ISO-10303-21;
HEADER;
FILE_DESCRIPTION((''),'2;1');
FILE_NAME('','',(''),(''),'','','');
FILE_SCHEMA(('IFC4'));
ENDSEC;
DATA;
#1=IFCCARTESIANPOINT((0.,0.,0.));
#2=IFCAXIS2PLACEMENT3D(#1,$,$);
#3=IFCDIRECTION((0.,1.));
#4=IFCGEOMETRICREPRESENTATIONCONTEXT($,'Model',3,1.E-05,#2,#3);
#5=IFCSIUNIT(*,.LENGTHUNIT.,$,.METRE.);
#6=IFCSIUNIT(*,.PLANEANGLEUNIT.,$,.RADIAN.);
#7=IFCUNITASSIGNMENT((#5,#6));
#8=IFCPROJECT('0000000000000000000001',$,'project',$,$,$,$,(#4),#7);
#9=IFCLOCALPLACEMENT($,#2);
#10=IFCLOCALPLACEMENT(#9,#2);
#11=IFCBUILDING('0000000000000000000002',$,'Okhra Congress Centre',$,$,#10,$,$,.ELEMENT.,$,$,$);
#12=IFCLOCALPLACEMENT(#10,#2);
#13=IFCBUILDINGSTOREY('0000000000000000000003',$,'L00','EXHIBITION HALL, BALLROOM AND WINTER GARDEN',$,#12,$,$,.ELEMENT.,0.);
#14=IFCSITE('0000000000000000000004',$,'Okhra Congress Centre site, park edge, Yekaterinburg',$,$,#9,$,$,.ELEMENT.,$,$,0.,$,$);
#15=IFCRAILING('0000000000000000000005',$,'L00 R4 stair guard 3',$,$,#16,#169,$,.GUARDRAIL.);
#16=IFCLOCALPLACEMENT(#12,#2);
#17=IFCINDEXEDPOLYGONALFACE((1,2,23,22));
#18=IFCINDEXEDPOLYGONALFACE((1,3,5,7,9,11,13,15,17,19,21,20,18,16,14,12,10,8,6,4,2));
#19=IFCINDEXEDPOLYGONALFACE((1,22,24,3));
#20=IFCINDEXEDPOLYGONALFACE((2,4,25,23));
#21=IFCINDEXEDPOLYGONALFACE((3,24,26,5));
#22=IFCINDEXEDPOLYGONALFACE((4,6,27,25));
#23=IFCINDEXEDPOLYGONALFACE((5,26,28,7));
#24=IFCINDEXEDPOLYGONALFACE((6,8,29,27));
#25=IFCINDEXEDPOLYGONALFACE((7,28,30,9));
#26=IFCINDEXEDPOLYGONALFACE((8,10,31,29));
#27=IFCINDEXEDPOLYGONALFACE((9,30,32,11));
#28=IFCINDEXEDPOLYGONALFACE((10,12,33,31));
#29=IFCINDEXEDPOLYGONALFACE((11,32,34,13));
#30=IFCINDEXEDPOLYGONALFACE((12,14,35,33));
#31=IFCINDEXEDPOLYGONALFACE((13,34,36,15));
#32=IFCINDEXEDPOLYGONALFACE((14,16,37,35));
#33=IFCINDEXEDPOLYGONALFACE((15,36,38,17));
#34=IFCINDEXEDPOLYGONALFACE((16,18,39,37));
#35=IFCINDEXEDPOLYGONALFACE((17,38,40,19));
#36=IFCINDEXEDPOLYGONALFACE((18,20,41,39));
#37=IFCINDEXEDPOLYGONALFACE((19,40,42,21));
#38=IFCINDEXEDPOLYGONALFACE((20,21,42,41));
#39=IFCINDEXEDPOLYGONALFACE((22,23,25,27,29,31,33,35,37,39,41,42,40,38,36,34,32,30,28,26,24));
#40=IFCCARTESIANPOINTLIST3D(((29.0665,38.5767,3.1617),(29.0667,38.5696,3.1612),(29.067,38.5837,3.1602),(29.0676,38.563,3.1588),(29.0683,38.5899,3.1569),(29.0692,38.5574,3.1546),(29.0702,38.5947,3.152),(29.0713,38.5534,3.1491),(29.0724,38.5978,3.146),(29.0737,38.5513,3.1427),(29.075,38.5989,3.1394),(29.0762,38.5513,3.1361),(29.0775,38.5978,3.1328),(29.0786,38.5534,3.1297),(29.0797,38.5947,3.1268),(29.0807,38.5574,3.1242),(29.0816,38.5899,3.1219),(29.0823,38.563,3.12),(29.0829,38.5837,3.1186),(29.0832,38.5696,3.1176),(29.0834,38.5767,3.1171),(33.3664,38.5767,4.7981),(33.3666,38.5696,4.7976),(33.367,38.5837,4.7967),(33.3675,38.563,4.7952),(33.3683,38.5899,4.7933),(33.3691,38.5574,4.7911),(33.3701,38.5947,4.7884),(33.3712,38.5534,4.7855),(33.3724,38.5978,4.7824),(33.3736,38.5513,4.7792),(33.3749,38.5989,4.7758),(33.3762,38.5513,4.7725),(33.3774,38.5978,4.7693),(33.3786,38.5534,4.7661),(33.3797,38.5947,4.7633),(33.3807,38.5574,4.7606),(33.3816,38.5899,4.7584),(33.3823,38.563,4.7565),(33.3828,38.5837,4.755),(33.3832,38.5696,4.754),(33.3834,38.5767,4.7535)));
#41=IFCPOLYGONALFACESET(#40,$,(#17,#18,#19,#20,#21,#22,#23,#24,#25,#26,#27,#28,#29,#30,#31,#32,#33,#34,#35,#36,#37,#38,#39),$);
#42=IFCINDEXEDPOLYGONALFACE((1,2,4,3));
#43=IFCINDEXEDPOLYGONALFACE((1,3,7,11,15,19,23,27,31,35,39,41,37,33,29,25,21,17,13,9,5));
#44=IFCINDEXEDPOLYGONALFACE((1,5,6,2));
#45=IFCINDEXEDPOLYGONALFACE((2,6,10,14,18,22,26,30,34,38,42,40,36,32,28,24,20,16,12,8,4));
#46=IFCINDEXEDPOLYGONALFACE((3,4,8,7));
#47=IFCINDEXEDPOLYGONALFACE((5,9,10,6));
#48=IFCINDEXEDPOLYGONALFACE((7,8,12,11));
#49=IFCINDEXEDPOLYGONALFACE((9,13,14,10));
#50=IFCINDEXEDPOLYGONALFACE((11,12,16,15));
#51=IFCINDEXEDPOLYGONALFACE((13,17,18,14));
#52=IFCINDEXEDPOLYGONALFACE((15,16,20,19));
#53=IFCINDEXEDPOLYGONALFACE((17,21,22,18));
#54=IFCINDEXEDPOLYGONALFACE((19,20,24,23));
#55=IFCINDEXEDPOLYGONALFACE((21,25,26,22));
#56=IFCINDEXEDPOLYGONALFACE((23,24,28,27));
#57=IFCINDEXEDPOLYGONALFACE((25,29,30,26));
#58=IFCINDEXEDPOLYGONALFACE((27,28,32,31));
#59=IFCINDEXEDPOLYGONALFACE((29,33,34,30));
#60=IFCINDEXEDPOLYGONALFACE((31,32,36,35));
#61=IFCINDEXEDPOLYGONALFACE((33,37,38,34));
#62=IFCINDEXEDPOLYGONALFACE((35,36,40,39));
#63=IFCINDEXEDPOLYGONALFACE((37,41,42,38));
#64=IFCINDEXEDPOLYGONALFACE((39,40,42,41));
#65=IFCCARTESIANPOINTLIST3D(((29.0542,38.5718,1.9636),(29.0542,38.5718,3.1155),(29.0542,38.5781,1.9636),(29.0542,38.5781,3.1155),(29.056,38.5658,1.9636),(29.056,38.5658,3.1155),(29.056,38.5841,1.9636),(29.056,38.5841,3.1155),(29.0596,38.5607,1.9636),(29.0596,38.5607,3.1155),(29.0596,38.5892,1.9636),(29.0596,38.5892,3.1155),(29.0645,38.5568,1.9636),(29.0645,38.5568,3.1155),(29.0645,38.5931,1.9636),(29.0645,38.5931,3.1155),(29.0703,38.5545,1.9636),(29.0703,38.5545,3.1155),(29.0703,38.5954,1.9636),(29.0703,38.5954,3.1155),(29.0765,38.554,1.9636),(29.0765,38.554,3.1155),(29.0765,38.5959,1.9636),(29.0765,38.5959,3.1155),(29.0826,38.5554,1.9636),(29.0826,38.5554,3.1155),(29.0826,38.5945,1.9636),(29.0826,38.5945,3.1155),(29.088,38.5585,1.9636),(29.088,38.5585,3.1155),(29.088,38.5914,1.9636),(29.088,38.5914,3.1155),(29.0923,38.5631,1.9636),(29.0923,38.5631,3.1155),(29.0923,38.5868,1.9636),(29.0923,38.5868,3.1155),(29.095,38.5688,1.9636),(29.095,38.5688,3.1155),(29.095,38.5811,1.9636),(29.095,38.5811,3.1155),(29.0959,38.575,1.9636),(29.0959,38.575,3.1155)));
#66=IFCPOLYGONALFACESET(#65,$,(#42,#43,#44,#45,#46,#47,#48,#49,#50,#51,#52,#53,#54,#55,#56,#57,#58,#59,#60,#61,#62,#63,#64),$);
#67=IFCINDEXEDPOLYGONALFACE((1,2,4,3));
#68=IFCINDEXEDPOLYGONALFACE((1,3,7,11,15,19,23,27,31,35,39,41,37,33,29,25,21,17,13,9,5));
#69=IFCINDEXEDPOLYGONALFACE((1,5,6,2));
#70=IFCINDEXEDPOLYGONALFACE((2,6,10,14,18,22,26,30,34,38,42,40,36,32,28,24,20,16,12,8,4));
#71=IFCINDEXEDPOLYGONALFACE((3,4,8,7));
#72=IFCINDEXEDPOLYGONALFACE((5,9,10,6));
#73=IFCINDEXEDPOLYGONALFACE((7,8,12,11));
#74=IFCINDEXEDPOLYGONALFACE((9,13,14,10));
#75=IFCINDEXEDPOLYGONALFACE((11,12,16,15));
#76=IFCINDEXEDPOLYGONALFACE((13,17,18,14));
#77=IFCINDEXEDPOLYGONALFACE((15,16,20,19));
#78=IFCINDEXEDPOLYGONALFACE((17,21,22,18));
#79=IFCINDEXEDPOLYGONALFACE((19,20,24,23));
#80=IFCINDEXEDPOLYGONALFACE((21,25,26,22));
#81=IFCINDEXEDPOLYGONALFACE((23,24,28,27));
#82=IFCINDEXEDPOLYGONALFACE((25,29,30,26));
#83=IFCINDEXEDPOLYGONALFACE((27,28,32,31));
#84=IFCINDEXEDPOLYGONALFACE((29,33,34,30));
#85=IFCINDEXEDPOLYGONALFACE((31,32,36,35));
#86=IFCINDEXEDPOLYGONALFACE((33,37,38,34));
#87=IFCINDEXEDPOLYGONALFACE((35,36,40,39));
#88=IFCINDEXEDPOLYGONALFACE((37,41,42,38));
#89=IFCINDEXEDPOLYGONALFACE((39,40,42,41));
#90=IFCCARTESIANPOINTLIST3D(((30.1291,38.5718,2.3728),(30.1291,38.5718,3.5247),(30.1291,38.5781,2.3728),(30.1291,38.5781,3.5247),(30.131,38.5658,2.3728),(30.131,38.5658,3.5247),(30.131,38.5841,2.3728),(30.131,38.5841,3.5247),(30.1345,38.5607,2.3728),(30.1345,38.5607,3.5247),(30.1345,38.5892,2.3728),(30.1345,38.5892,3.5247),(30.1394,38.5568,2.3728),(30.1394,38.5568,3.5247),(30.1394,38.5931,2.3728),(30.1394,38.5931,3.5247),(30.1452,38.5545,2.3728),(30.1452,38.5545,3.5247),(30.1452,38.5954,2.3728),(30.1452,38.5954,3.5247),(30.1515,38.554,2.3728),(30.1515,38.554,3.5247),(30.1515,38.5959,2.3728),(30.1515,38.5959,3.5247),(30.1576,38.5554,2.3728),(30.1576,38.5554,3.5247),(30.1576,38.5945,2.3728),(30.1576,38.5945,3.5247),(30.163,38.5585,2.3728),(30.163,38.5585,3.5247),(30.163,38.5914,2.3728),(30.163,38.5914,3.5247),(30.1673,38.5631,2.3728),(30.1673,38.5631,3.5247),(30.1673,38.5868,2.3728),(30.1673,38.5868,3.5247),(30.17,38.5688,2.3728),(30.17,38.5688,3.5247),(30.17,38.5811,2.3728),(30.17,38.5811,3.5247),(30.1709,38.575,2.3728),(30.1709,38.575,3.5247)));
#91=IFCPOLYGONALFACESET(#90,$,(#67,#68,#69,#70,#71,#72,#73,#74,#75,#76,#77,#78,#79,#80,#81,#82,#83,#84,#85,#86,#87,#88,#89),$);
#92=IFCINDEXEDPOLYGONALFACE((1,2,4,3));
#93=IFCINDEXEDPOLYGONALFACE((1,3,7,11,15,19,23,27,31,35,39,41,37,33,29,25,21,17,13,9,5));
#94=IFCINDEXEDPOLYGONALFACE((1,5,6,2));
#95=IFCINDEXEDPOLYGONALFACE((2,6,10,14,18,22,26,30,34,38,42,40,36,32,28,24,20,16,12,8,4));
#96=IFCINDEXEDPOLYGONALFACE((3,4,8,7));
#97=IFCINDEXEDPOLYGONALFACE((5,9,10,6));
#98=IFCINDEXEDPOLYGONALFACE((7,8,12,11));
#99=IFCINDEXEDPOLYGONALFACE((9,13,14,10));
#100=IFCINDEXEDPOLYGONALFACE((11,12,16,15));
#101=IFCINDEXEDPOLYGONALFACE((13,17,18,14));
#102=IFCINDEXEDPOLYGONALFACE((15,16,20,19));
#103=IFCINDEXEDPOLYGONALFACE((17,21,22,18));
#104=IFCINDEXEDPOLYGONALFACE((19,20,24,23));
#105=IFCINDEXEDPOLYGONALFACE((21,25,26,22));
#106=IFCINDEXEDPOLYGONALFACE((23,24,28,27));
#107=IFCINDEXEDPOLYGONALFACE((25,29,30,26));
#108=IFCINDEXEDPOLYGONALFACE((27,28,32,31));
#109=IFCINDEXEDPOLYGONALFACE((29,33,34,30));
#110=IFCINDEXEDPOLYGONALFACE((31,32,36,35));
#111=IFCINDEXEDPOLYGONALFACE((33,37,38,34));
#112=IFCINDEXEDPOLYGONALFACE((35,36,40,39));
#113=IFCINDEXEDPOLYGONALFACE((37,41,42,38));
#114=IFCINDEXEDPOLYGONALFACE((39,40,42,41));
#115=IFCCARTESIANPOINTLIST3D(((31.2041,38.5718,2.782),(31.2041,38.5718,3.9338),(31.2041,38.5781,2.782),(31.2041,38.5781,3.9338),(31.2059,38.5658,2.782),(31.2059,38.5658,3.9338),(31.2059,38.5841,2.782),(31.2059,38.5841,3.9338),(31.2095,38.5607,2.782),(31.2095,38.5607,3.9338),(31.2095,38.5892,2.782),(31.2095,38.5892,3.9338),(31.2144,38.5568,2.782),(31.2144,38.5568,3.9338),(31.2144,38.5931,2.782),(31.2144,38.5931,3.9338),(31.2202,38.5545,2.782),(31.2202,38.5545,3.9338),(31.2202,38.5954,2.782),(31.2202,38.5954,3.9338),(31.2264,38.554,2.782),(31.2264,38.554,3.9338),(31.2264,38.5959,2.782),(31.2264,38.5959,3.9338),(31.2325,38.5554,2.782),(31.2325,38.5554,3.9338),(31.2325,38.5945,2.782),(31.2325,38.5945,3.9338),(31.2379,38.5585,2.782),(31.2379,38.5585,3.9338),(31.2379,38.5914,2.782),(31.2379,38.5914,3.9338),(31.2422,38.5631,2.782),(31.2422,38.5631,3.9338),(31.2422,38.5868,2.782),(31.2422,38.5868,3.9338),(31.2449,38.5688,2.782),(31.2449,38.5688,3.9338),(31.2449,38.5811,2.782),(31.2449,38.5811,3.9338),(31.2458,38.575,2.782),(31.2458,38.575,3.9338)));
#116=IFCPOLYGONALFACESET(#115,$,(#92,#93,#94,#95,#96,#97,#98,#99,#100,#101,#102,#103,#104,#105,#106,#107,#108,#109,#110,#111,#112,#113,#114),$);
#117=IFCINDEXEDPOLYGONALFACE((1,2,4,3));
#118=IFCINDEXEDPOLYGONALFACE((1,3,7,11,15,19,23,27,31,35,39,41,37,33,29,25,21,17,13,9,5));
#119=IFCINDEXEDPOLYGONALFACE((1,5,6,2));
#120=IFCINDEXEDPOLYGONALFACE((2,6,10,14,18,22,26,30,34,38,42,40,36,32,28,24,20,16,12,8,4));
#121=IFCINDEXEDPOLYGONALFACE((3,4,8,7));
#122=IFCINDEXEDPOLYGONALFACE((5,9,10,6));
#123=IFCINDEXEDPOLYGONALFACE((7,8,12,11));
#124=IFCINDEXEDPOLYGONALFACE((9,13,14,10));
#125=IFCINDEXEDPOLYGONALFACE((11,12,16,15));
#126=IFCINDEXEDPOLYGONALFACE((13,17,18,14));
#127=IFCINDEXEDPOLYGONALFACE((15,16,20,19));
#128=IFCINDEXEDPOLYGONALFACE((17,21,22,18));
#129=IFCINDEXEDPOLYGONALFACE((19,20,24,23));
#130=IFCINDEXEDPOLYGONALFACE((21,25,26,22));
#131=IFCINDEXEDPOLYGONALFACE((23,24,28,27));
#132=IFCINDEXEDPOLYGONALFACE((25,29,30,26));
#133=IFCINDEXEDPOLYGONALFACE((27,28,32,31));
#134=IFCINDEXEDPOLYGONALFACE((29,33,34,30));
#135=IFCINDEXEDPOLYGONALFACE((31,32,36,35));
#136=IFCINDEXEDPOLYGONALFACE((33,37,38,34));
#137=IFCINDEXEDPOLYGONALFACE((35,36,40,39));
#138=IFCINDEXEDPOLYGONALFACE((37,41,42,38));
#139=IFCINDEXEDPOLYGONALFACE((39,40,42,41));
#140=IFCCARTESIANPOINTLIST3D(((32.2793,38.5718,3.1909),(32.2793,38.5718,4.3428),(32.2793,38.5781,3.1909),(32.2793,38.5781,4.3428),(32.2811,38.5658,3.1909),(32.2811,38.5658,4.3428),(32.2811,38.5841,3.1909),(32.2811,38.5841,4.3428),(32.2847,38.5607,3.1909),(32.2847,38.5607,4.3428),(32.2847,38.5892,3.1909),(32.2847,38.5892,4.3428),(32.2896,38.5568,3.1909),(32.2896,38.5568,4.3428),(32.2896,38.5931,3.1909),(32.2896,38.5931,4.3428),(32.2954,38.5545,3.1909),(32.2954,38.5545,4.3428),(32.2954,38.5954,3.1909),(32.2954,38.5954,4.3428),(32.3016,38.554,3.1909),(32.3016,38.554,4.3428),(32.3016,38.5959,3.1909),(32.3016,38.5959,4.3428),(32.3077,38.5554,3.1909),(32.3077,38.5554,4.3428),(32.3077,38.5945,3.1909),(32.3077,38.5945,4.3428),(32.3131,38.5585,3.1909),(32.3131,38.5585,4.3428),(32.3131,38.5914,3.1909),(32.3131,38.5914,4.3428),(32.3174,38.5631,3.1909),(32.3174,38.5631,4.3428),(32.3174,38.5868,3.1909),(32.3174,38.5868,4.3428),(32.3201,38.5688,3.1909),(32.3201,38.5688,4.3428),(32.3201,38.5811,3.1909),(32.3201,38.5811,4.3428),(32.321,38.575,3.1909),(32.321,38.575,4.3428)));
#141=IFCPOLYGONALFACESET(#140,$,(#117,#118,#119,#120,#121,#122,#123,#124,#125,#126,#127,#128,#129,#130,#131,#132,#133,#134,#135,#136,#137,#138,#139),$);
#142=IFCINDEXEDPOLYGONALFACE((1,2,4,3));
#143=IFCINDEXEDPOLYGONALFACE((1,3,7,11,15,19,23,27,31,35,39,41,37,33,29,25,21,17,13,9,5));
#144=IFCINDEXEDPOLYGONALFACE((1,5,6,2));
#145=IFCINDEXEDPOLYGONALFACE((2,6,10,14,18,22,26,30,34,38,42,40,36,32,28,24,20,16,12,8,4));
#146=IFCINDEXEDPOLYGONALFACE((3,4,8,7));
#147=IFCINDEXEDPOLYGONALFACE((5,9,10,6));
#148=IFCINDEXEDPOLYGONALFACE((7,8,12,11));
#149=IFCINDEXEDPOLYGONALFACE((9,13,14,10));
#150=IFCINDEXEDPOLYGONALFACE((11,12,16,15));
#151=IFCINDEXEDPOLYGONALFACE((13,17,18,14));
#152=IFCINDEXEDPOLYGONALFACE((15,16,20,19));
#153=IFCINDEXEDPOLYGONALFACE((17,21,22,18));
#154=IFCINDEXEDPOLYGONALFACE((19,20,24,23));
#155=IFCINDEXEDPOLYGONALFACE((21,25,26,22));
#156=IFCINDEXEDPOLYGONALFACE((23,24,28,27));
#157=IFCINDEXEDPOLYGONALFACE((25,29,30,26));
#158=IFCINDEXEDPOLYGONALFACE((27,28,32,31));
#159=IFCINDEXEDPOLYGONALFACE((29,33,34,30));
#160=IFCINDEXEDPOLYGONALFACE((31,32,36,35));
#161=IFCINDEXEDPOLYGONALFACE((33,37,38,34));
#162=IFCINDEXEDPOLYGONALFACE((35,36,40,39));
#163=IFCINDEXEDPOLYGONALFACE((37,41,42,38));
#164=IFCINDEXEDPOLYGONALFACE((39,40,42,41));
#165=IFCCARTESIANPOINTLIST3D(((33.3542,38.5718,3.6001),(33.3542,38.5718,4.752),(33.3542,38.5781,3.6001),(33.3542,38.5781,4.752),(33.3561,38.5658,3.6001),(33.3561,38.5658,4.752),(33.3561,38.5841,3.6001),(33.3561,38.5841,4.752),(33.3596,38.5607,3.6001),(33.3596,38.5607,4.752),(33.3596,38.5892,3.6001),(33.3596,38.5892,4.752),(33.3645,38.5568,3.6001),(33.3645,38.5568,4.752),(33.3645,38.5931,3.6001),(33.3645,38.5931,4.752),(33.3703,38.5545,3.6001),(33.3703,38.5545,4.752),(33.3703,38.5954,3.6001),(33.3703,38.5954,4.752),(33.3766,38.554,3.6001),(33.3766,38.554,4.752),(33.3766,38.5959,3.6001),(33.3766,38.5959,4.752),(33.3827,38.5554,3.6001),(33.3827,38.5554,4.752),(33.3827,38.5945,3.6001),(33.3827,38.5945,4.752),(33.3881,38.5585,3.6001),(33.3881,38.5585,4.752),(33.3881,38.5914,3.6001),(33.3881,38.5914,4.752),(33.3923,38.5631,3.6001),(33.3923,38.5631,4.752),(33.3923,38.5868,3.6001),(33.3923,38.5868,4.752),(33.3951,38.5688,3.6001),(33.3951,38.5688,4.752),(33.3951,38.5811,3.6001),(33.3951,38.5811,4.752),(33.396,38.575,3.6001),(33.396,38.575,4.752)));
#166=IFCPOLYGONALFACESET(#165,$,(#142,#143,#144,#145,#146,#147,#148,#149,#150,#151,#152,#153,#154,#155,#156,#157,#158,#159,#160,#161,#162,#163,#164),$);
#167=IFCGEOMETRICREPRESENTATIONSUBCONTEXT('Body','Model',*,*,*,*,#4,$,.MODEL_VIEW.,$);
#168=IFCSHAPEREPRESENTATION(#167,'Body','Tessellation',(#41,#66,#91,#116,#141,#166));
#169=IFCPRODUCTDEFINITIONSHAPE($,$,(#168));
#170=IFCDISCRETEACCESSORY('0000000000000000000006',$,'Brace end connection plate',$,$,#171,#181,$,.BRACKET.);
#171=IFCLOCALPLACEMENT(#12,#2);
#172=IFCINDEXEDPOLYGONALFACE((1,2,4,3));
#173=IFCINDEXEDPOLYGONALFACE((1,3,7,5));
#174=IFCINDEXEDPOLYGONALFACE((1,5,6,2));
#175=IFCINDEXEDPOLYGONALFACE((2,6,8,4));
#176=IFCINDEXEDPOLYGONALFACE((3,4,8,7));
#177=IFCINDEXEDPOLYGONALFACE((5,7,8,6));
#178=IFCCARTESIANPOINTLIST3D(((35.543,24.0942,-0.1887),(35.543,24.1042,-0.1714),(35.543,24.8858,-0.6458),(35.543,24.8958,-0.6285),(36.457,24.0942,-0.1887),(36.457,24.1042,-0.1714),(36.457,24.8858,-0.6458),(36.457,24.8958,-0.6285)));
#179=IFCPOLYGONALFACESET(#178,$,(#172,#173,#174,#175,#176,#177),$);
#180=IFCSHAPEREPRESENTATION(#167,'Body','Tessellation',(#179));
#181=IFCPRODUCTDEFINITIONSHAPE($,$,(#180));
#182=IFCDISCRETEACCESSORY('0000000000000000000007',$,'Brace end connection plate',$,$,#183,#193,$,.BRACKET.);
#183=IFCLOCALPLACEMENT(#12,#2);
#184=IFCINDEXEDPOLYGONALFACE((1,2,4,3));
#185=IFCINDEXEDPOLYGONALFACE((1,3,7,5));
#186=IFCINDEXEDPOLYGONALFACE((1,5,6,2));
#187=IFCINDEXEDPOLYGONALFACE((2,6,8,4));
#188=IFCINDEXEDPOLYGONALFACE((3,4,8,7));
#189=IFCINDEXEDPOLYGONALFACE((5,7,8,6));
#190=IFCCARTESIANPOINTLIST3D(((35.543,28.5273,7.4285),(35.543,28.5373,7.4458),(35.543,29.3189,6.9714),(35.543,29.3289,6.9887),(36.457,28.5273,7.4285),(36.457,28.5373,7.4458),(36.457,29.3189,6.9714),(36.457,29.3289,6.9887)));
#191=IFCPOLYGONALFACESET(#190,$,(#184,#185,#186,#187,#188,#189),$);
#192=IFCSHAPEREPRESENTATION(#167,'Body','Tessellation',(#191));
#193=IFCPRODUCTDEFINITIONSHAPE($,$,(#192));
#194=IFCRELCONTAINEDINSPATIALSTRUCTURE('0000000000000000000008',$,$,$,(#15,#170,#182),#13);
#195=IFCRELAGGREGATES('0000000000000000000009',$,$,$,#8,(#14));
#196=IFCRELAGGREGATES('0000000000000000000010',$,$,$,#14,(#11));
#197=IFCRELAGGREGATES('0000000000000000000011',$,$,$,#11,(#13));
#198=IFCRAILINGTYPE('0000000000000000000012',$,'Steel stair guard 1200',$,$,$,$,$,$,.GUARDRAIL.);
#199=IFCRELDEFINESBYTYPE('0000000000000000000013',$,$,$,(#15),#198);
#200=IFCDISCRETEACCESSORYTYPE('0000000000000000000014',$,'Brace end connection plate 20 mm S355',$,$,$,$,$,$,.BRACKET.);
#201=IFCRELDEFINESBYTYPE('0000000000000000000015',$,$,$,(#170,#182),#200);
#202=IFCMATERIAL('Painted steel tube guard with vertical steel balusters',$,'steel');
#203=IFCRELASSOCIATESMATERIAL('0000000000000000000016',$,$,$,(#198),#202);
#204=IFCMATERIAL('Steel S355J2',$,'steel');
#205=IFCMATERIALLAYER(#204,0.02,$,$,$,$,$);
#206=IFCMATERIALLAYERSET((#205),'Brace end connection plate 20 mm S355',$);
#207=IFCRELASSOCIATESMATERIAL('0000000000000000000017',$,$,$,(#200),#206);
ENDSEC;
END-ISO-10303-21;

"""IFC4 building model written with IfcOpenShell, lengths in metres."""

from ifc_helpers import new_model, si_unit, direction, frame, origin, origin_2d, place, context, subcontext, project, spatial, rectangle, circle, extrude, material, layer, layer_set, type_object, element, save


model = new_model("IFC4")

# Units and contexts
model_context = context("Model", 3, precision=1e-05, world=origin(), true_north=direction((0.0, 1.0)))
body_context = subcontext(model_context, "Body", "Model", "MODEL_VIEW")
ifc_project = project(units=[si_unit("LENGTHUNIT", "METRE"), si_unit("PLANEANGLEUNIT", "RADIAN")], contexts=[model_context])

# Site, building, storey
site_placement = place(None, origin())
site = spatial("IfcSite", under=ifc_project, at=site_placement, Name="Okhra Congress Centre site, park edge, Yekaterinburg", CompositionType="ELEMENT", RefElevation=0.0)
building_placement = place(site_placement, origin())
building = spatial("IfcBuilding", under=site, at=building_placement, Name="Okhra Congress Centre", CompositionType="ELEMENT")
storey_placement = place(building_placement, origin())
storey = spatial("IfcBuildingStorey", under=building, at=storey_placement, Name="L00", Description="EXHIBITION HALL, BALLROOM AND WINTER GARDEN", CompositionType="ELEMENT", Elevation=0.0)

# Railing
ifc_material_1 = material(Name="Painted steel tube guard with vertical steel balusters", Category="steel")
railing_type_1 = type_object("IfcRailingType", Name="Steel stair guard 1200", PredefinedType="GUARDRAIL", material=ifc_material_1)
railing_1_placement = place(storey_placement, frame((29.075, 38.575, 1.9636)))
element("IfcRailing", 1, at=railing_1_placement, inside=storey, type_object=railing_type_1, Name="L00 R4 stair guard 3", PredefinedType="GUARDRAIL", context=body_context, shape_type="SweptSolid", body=[
    extrude(circle(Radius=0.0239, at=origin_2d()), frame((0.0, 0.0, 1.1758), z_axis=(0.934606, 0.0, 0.355684), x_axis=(0.0, 1.0, 0.0)), (0.0, 0.0, 1.0), 4.6008),
    extrude(circle(Radius=0.021, at=origin_2d()), origin(), (0.0, 0.0, 1.0), 1.1519),
    extrude(circle(Radius=0.021, at=origin_2d()), frame((1.075, 0.0, 0.4092)), (0.0, 0.0, 1.0), 1.1519),
    extrude(circle(Radius=0.021, at=origin_2d()), frame((2.1499, 0.0, 0.8184)), (0.0, 0.0, 1.0), 1.1519),
    extrude(circle(Radius=0.021, at=origin_2d()), frame((3.2251, 0.0, 1.2273)), (0.0, 0.0, 1.0), 1.1519),
    extrude(circle(Radius=0.021, at=origin_2d()), frame((4.3, 0.0, 1.6365)), (0.0, 0.0, 1.0), 1.1519),
])

# Discrete accessories
ifc_material_2 = material(Name="Steel S355J2", Category="steel")
ifc_layer_1 = layer(ifc_material_2, 0.02)
ifc_layer_set_1 = layer_set([ifc_layer_1], Name="Brace end connection plate 20 mm S355")
discrete_accessory_type = type_object("IfcDiscreteAccessoryType", Name="Brace end connection plate 20 mm S355", PredefinedType="BRACKET", material=ifc_layer_set_1)
for number, where, z_axis, x_axis, name in (
    (2, (36.0, 24.5, -0.3999), (0.0, -0.500074, -0.865982), (1.0, 0.0, 0.0), "Brace end connection plate"),
    (3, (36.0, 28.9231, 7.2), (0.0, 0.500074, 0.865982), (-1.0, 0.0, 0.0), "Brace end connection plate"),
):
    element("IfcDiscreteAccessory", number, at=place(storey_placement, frame(where, z_axis=z_axis, x_axis=x_axis)), inside=storey, type_object=discrete_accessory_type, Name=name, PredefinedType="BRACKET", context=body_context, shape_type="SweptSolid", body=[
        extrude(rectangle(XDim=0.9141, YDim=0.9141, at=origin_2d()), origin(), (0.0, 0.0, 1.0), 0.02),
    ])

save(model, "model.ifc")
